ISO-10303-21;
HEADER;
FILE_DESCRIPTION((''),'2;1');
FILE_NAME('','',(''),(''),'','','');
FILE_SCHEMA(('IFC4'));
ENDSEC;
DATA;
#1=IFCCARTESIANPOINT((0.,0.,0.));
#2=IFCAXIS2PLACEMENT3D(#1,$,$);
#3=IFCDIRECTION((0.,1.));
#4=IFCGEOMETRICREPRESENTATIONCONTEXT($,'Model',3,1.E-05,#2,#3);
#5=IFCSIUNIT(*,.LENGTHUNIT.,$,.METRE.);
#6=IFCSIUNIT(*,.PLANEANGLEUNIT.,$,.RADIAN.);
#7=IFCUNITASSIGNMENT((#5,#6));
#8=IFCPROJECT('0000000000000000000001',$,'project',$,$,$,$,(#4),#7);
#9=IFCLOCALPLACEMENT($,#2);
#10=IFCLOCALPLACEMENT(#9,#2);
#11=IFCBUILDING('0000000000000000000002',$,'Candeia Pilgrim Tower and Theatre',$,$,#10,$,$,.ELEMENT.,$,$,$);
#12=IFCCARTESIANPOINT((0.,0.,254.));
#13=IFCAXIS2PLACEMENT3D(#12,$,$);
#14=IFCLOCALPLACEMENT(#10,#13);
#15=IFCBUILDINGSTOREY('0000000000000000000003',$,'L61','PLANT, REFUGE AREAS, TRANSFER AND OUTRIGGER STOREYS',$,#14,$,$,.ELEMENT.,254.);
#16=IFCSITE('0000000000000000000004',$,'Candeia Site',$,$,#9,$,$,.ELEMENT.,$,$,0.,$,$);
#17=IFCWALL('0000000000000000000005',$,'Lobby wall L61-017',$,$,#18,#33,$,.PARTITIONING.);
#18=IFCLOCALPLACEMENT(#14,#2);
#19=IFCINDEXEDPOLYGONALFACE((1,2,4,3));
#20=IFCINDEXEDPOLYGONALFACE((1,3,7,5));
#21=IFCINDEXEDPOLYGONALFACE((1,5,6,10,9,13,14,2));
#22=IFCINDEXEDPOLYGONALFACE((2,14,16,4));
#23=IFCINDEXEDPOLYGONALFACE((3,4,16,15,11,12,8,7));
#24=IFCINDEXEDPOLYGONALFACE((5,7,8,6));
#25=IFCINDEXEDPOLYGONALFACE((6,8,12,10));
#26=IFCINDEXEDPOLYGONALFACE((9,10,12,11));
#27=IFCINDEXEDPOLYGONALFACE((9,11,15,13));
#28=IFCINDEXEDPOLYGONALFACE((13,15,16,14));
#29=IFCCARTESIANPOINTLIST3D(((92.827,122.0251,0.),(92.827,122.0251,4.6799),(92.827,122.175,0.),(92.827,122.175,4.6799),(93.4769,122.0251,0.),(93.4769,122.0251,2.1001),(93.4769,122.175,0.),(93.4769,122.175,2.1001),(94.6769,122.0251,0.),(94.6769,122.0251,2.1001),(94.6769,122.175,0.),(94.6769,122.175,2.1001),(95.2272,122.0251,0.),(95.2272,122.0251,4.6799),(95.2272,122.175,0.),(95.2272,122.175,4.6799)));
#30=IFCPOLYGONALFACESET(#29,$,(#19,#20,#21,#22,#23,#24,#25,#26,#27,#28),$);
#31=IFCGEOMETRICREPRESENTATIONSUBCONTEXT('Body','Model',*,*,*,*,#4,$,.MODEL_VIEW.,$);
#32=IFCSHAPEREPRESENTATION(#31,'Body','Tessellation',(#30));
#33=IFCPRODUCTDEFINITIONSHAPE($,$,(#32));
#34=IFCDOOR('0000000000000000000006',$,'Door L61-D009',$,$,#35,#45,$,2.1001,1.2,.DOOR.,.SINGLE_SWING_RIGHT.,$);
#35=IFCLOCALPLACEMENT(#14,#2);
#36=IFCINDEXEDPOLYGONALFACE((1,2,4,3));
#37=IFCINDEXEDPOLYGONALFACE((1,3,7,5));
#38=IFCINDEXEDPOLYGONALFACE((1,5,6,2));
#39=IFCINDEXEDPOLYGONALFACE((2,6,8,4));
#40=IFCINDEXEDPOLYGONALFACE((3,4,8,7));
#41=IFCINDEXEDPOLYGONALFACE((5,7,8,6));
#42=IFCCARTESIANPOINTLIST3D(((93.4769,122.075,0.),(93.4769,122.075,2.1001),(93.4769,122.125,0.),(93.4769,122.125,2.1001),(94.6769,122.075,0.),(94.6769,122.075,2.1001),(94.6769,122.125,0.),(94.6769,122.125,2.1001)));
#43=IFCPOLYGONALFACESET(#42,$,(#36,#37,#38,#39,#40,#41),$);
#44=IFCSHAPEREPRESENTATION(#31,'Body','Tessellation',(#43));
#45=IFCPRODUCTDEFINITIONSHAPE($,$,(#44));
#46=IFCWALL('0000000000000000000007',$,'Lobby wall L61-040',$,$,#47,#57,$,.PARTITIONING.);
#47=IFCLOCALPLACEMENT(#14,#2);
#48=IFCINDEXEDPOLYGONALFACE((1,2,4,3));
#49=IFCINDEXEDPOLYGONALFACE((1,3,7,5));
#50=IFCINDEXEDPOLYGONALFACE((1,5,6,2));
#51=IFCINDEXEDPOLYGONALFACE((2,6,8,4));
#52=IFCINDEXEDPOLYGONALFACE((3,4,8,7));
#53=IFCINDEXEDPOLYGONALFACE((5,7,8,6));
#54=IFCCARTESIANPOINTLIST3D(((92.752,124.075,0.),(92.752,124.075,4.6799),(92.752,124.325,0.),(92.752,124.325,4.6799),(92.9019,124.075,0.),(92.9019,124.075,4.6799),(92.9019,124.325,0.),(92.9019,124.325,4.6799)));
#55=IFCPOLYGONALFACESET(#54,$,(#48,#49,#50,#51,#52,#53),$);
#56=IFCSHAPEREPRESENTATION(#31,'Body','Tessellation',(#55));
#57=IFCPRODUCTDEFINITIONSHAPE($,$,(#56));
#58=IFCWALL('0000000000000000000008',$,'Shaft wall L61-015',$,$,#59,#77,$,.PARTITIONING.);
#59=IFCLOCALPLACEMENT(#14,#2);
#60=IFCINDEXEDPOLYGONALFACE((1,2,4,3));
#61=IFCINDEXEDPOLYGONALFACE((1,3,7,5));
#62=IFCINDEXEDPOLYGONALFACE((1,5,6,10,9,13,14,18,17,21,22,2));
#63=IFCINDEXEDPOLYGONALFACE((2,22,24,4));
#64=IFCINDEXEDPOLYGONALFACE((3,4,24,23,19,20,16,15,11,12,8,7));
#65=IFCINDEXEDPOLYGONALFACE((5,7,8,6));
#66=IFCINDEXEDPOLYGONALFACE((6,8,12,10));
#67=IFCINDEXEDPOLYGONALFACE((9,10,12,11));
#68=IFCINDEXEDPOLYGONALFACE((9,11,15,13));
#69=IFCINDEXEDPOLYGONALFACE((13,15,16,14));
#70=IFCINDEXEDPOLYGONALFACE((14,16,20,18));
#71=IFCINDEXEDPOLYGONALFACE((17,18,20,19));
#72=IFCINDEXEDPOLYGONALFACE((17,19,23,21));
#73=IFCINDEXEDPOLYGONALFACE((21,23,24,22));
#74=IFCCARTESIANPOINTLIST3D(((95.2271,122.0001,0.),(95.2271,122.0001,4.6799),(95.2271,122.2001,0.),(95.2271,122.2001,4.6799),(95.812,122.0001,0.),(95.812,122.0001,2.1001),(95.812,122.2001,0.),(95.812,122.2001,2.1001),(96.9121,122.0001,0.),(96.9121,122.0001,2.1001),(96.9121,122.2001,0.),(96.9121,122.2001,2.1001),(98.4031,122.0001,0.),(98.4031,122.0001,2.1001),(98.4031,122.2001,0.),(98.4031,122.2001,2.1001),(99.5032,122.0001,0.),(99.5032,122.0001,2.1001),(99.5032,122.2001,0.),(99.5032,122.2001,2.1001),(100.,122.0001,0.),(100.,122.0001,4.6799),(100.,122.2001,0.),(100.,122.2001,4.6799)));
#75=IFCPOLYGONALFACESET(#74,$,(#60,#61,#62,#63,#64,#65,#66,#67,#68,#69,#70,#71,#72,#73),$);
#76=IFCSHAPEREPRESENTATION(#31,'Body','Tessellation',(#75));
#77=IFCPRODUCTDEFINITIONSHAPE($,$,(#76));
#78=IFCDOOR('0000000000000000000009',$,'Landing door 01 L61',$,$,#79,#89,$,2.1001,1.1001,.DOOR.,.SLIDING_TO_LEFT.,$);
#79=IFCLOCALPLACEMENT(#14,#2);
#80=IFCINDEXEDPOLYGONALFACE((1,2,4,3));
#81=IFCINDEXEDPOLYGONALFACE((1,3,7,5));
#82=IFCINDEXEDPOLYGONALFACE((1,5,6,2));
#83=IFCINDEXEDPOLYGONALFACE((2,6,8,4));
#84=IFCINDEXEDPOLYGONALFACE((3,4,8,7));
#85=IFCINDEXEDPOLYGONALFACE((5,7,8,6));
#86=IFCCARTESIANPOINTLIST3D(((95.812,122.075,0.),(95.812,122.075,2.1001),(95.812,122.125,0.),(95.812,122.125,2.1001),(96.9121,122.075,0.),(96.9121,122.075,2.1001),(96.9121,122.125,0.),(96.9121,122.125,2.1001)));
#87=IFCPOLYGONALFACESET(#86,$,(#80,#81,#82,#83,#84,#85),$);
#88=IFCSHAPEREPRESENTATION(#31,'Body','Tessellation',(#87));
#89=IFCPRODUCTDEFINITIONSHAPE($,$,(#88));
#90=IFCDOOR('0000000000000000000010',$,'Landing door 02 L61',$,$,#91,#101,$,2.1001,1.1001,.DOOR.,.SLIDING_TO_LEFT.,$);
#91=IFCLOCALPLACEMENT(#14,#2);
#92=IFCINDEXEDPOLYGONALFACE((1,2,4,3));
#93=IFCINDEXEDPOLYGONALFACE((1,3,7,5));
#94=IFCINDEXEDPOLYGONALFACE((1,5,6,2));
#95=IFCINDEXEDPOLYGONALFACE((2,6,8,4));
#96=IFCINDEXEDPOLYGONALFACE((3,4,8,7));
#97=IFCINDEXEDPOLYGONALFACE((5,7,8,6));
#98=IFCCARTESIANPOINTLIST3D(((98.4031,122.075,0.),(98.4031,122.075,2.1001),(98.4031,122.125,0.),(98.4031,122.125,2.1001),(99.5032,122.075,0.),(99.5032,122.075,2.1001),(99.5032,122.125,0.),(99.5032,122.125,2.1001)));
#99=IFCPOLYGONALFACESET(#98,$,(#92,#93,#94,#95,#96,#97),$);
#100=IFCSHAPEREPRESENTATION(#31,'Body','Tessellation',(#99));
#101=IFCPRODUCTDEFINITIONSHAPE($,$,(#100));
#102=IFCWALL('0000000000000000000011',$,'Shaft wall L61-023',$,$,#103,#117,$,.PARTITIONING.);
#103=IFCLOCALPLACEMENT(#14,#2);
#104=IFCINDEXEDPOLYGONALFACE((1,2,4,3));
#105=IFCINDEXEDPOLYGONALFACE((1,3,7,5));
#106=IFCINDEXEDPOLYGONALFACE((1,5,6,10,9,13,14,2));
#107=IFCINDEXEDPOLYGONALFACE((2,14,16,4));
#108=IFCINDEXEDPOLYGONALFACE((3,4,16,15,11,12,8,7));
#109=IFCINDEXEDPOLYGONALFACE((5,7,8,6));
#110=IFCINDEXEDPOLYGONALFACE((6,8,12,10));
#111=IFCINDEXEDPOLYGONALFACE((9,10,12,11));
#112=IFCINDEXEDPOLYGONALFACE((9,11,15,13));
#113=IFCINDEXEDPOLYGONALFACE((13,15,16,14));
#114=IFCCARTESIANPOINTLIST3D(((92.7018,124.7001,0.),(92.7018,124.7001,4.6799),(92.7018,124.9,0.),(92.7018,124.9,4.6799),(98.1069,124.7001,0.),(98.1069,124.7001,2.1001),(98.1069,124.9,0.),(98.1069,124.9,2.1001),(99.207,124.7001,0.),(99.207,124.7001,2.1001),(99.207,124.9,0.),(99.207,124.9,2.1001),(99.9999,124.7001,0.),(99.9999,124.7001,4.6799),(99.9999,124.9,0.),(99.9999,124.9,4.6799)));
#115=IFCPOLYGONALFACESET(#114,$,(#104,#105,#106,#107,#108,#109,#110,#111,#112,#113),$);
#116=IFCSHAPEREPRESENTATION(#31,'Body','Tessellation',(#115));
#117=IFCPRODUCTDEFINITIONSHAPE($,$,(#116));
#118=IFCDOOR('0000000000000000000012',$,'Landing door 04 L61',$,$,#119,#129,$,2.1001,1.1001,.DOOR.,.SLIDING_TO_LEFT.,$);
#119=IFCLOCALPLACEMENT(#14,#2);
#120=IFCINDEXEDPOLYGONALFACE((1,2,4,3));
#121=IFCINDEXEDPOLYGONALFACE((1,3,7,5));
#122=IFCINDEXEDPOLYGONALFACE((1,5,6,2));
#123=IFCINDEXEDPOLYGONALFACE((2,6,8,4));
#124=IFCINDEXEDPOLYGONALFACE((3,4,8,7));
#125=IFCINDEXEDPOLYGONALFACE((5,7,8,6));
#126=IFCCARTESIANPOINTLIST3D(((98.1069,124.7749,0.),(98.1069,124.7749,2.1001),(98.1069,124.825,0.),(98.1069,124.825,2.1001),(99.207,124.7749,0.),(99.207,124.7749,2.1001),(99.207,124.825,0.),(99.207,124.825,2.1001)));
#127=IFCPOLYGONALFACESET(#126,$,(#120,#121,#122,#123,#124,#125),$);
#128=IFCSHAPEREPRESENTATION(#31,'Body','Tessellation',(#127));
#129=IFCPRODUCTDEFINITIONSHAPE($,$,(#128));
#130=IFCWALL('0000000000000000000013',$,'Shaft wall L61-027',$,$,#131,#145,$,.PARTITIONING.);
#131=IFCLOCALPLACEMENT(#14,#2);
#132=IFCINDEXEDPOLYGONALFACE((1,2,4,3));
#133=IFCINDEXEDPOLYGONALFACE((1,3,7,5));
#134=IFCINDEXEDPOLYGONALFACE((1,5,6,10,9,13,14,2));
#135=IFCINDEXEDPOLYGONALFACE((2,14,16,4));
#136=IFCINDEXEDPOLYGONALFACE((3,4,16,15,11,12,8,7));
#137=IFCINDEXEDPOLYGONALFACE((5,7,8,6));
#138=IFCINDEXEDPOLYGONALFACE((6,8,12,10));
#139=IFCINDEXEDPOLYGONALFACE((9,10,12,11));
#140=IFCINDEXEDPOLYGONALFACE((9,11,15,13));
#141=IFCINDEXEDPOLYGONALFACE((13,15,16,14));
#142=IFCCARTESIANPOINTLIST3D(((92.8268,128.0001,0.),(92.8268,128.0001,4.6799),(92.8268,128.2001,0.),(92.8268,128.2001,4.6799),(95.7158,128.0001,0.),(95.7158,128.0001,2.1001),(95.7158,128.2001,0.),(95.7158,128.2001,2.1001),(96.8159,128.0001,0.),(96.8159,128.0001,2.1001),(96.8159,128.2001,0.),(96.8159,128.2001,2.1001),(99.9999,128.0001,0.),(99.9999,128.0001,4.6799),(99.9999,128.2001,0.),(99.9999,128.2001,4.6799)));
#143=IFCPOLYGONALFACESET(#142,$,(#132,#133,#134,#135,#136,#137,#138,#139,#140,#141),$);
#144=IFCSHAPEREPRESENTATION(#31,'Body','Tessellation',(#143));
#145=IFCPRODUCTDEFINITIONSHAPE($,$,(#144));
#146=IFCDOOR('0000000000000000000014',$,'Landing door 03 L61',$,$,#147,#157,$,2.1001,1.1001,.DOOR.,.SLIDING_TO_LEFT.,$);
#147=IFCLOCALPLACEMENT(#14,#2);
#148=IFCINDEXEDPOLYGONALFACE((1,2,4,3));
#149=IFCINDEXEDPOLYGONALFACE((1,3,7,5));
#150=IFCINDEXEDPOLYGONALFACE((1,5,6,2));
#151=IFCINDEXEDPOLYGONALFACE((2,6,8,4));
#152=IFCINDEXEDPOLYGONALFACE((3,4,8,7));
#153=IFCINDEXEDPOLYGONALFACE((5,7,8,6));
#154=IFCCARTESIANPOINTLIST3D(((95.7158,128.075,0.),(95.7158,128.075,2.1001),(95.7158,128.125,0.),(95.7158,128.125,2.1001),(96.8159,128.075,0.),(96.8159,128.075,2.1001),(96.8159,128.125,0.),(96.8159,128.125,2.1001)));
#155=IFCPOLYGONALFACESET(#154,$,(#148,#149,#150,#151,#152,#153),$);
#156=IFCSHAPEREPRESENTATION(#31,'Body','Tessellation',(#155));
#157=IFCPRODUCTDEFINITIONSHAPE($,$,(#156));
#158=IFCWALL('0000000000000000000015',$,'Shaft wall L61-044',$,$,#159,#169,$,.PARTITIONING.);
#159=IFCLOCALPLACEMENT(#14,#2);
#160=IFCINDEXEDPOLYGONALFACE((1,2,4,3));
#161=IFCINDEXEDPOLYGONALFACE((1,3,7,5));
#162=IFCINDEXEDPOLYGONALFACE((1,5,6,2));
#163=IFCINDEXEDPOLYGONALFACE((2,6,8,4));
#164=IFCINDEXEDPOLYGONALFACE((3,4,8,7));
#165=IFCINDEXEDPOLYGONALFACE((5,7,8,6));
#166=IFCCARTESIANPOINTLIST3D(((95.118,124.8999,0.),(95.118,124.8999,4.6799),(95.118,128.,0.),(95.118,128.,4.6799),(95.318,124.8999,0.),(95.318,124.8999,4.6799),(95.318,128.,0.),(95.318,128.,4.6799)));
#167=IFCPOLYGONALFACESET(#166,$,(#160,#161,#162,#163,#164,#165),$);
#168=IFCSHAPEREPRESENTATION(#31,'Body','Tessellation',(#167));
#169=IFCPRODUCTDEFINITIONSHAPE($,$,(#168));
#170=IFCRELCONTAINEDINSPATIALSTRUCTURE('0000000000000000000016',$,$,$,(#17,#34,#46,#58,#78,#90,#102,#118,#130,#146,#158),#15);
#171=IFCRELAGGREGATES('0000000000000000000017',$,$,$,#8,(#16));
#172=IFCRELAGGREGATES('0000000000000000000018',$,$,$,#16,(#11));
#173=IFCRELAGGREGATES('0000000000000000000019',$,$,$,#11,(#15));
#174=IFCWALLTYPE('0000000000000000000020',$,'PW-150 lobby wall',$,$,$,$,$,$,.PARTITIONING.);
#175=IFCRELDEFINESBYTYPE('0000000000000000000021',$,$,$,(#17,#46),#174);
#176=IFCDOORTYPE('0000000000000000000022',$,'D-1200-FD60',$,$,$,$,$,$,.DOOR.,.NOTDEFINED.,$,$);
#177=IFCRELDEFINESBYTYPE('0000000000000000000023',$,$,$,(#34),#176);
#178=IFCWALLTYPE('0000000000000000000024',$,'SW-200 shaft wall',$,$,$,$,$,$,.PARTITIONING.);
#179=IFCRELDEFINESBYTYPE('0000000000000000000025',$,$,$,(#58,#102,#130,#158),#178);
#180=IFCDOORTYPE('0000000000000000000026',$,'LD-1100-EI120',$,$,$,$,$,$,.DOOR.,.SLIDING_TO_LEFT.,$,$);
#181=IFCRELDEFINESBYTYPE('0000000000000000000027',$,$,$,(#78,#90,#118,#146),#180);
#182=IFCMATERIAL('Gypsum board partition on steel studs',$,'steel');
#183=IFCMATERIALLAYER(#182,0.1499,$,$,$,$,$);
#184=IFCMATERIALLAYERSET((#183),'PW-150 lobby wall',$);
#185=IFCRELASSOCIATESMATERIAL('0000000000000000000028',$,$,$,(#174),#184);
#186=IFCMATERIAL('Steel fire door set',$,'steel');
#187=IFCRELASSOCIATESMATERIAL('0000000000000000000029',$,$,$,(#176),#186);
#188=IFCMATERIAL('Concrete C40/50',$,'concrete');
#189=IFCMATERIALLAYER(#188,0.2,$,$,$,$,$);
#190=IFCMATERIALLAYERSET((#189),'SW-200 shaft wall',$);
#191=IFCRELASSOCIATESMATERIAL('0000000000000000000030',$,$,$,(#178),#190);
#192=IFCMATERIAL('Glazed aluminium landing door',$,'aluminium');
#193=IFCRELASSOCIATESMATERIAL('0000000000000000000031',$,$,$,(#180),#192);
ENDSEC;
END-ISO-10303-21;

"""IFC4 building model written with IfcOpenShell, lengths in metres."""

from ifc_helpers import new_model, si_unit, direction, frame, frame_2d, origin, place, context, subcontext, project, spatial, rectangle, extrude, material, layer, layer_set, type_object, element, fill, save


model = new_model("IFC4")

# Units and contexts
model_context = context("Model", 3, precision=1e-05, world=origin(), true_north=direction((0.0, 1.0)))
body_context = subcontext(model_context, "Body", "Model", "MODEL_VIEW")
ifc_project = project(units=[si_unit("LENGTHUNIT", "METRE"), si_unit("PLANEANGLEUNIT", "RADIAN")], contexts=[model_context])

# Site, building, storey
site_placement = place(None, origin())
site = spatial("IfcSite", under=ifc_project, at=site_placement, Name="Candeia Site", CompositionType="ELEMENT", RefElevation=0.0)
building_placement = place(site_placement, origin())
building = spatial("IfcBuilding", under=site, at=building_placement, Name="Candeia Pilgrim Tower and Theatre", CompositionType="ELEMENT")
storey_placement = place(building_placement, frame((0.0, 0.0, 254.0)))
storey = spatial("IfcBuildingStorey", under=building, at=storey_placement, Name="L61", Description="PLANT, REFUGE AREAS, TRANSFER AND OUTRIGGER STOREYS", CompositionType="ELEMENT", Elevation=254.0)

# Wall, opening, door
ifc_material_1 = material(Name="Gypsum board partition on steel studs", Category="steel")
ifc_layer_1 = layer(ifc_material_1, 0.1499)
ifc_layer_set_1 = layer_set([ifc_layer_1], Name="PW-150 lobby wall")
wall_type_1 = type_object("IfcWallType", Name="PW-150 lobby wall", PredefinedType="PARTITIONING", material=ifc_layer_set_1)
wall_1_placement = place(storey_placement, frame((92.8269, 122.1001, 0.0), z_axis=(0.0, 0.0, 1.0), x_axis=(1.0, 0.0, 0.0)))
wall_1 = element("IfcWall", 1, at=wall_1_placement, inside=storey, type_object=wall_type_1, Name="Lobby wall L61-017", PredefinedType="PARTITIONING", context=body_context, shape_type="SweptSolid", body=[
    extrude(rectangle(XDim=2.4001, YDim=0.1499, at=frame_2d((1.2002, 0.0))), origin(), (0.0, 0.0, 1.0), 4.6799),
])
opening_1_placement = place(wall_1_placement, frame((0.6499, 0.0, 0.0)))
opening_1 = element("IfcOpeningElement", 2, at=opening_1_placement, cuts=wall_1, PredefinedType="OPENING", context=body_context, shape_type="SweptSolid", body=[
    extrude(rectangle(XDim=1.2, YDim=2.1001, at=frame_2d((0.6001, 1.05))), frame((0.0, 0.085, 0.0), z_axis=(0.0, -1.0, 0.0), x_axis=(1.0, 0.0, 0.0)), (0.0, 0.0, 1.0), 0.1699),
])
ifc_material_2 = material(Name="Steel fire door set", Category="steel")
door_type_1 = type_object("IfcDoorType", Name="D-1200-FD60", OperationType="NOTDEFINED", PredefinedType="DOOR", material=ifc_material_2)
door_1_placement = place(opening_1_placement, origin())
door_1 = element("IfcDoor", 3, at=door_1_placement, inside=storey, type_object=door_type_1, Name="Door L61-D009", OperationType="SINGLE_SWING_RIGHT", OverallHeight=2.1001, OverallWidth=1.2, PredefinedType="DOOR", context=body_context, shape_type="SweptSolid", body=[
    extrude(rectangle(XDim=1.2, YDim=2.1001, at=frame_2d((0.6001, 1.05))), frame((0.0, 0.0249, 0.0), z_axis=(0.0, -1.0, 0.0), x_axis=(1.0, 0.0, 0.0)), (0.0, 0.0, 1.0), 0.05),
])
fill(opening_1, door_1)

# Wall
wall_2_placement = place(storey_placement, frame((92.8269, 124.075, 0.0), z_axis=(0.0, 0.0, 1.0), x_axis=(0.0, 1.0, 0.0)))
element("IfcWall", 4, at=wall_2_placement, inside=storey, type_object=wall_type_1, Name="Lobby wall L61-040", PredefinedType="PARTITIONING", context=body_context, shape_type="SweptSolid", body=[
    extrude(rectangle(XDim=0.25, YDim=0.1499, at=frame_2d((0.125, 0.0))), origin(), (0.0, 0.0, 1.0), 4.6799),
])

# Wall, openings, doors
ifc_material_3 = material(Name="Concrete C40/50", Category="concrete")
ifc_layer_2 = layer(ifc_material_3, 0.2)
ifc_layer_set_2 = layer_set([ifc_layer_2], Name="SW-200 shaft wall")
wall_type_2 = type_object("IfcWallType", Name="SW-200 shaft wall", PredefinedType="PARTITIONING", material=ifc_layer_set_2)
wall_3_placement = place(storey_placement, frame((95.2271, 122.1001, 0.0), z_axis=(0.0, 0.0, 1.0), x_axis=(1.0, 0.0, 0.0)))
wall_3 = element("IfcWall", 5, at=wall_3_placement, inside=storey, type_object=wall_type_2, Name="Shaft wall L61-015", PredefinedType="PARTITIONING", context=body_context, shape_type="SweptSolid", body=[
    extrude(rectangle(XDim=4.7729, YDim=0.2, at=frame_2d((2.3865, 0.0))), origin(), (0.0, 0.0, 1.0), 4.6799),
])
opening_2_placement = place(wall_3_placement, frame((0.585, 0.0, 0.0)))
opening_2 = element("IfcOpeningElement", 6, at=opening_2_placement, cuts=wall_3, PredefinedType="OPENING", context=body_context, shape_type="SweptSolid", body=[
    extrude(rectangle(XDim=1.1001, YDim=2.1001, at=frame_2d((0.55, 1.05))), frame((0.0, 0.1099, 0.0), z_axis=(0.0, -1.0, 0.0), x_axis=(1.0, 0.0, 0.0)), (0.0, 0.0, 1.0), 0.22),
])
opening_3_placement = place(wall_3_placement, frame((3.176, 0.0, 0.0)))
opening_3 = element("IfcOpeningElement", 7, at=opening_3_placement, cuts=wall_3, PredefinedType="OPENING", context=body_context, shape_type="SweptSolid", body=[
    extrude(rectangle(XDim=1.1001, YDim=2.1001, at=frame_2d((0.55, 1.05))), frame((0.0, 0.1099, 0.0), z_axis=(0.0, -1.0, 0.0), x_axis=(1.0, 0.0, 0.0)), (0.0, 0.0, 1.0), 0.22),
])
ifc_material_4 = material(Name="Glazed aluminium landing door", Category="aluminium")
door_type_2 = type_object("IfcDoorType", Name="LD-1100-EI120", OperationType="SLIDING_TO_LEFT", PredefinedType="DOOR", material=ifc_material_4)
door_2_placement = place(opening_2_placement, origin())
door_2 = element("IfcDoor", 8, at=door_2_placement, inside=storey, type_object=door_type_2, Name="Landing door 01 L61", OperationType="SLIDING_TO_LEFT", OverallHeight=2.1001, OverallWidth=1.1001, PredefinedType="DOOR", context=body_context, shape_type="SweptSolid", body=[
    extrude(rectangle(XDim=1.1001, YDim=2.1001, at=frame_2d((0.55, 1.05))), frame((0.0, 0.0249, 0.0), z_axis=(0.0, -1.0, 0.0), x_axis=(1.0, 0.0, 0.0)), (0.0, 0.0, 1.0), 0.05),
])
fill(opening_2, door_2)
door_3_placement = place(opening_3_placement, origin())
door_3 = element("IfcDoor", 9, at=door_3_placement, inside=storey, type_object=door_type_2, Name="Landing door 02 L61", OperationType="SLIDING_TO_LEFT", OverallHeight=2.1001, OverallWidth=1.1001, PredefinedType="DOOR", context=body_context, shape_type="SweptSolid", body=[
    extrude(rectangle(XDim=1.1001, YDim=2.1001, at=frame_2d((0.55, 1.05))), frame((0.0, 0.0249, 0.0), z_axis=(0.0, -1.0, 0.0), x_axis=(1.0, 0.0, 0.0)), (0.0, 0.0, 1.0), 0.05),
])
fill(opening_3, door_3)

# Walls, openings, doors
wall_4_placement = place(storey_placement, frame((92.7019, 124.8, 0.0), z_axis=(0.0, 0.0, 1.0), x_axis=(1.0, 0.0, 0.0)))
wall_4 = element("IfcWall", 10, at=wall_4_placement, inside=storey, type_object=wall_type_2, Name="Shaft wall L61-023", PredefinedType="PARTITIONING", context=body_context, shape_type="SweptSolid", body=[
    extrude(rectangle(XDim=7.2981, YDim=0.2, at=frame_2d((3.6489, 0.0))), origin(), (0.0, 0.0, 1.0), 4.6799),
])
opening_4_placement = place(wall_4_placement, frame((5.405, 0.0, 0.0)))
opening_4 = element("IfcOpeningElement", 11, at=opening_4_placement, cuts=wall_4, PredefinedType="OPENING", context=body_context, shape_type="SweptSolid", body=[
    extrude(rectangle(XDim=1.1001, YDim=2.1001, at=frame_2d((0.55, 1.05))), frame((0.0, 0.1099, 0.0), z_axis=(0.0, -1.0, 0.0), x_axis=(1.0, 0.0, 0.0)), (0.0, 0.0, 1.0), 0.22),
])
door_4_placement = place(opening_4_placement, origin())
door_4 = element("IfcDoor", 12, at=door_4_placement, inside=storey, type_object=door_type_2, Name="Landing door 04 L61", OperationType="SLIDING_TO_LEFT", OverallHeight=2.1001, OverallWidth=1.1001, PredefinedType="DOOR", context=body_context, shape_type="SweptSolid", body=[
    extrude(rectangle(XDim=1.1001, YDim=2.1001, at=frame_2d((0.55, 1.05))), frame((0.0, 0.0249, 0.0), z_axis=(0.0, -1.0, 0.0), x_axis=(1.0, 0.0, 0.0)), (0.0, 0.0, 1.0), 0.05),
])
fill(opening_4, door_4)
wall_5_placement = place(storey_placement, frame((92.8269, 128.1001, 0.0), z_axis=(0.0, 0.0, 1.0), x_axis=(1.0, 0.0, 0.0)))
wall_5 = element("IfcWall", 13, at=wall_5_placement, inside=storey, type_object=wall_type_2, Name="Shaft wall L61-027", PredefinedType="PARTITIONING", context=body_context, shape_type="SweptSolid", body=[
    extrude(rectangle(XDim=7.1731, YDim=0.2, at=frame_2d((3.5864, 0.0))), origin(), (0.0, 0.0, 1.0), 4.6799),
])
opening_5_placement = place(wall_5_placement, frame((2.8889, 0.0, 0.0)))
opening_5 = element("IfcOpeningElement", 14, at=opening_5_placement, cuts=wall_5, PredefinedType="OPENING", context=body_context, shape_type="SweptSolid", body=[
    extrude(rectangle(XDim=1.1001, YDim=2.1001, at=frame_2d((0.55, 1.05))), frame((0.0, 0.1099, 0.0), z_axis=(0.0, -1.0, 0.0), x_axis=(1.0, 0.0, 0.0)), (0.0, 0.0, 1.0), 0.22),
])
door_5_placement = place(opening_5_placement, origin())
door_5 = element("IfcDoor", 15, at=door_5_placement, inside=storey, type_object=door_type_2, Name="Landing door 03 L61", OperationType="SLIDING_TO_LEFT", OverallHeight=2.1001, OverallWidth=1.1001, PredefinedType="DOOR", context=body_context, shape_type="SweptSolid", body=[
    extrude(rectangle(XDim=1.1001, YDim=2.1001, at=frame_2d((0.55, 1.05))), frame((0.0, 0.0249, 0.0), z_axis=(0.0, -1.0, 0.0), x_axis=(1.0, 0.0, 0.0)), (0.0, 0.0, 1.0), 0.05),
])
fill(opening_5, door_5)

# Wall
wall_6_placement = place(storey_placement, frame((95.218, 124.8999, 0.0), z_axis=(0.0, 0.0, 1.0), x_axis=(0.0, 1.0, 0.0)))
element("IfcWall", 16, at=wall_6_placement, inside=storey, type_object=wall_type_2, Name="Shaft wall L61-044", PredefinedType="PARTITIONING", context=body_context, shape_type="SweptSolid", body=[
    extrude(rectangle(XDim=3.1001, YDim=0.2, at=frame_2d((1.55, 0.0))), origin(), (0.0, 0.0, 1.0), 4.6799),
])

save(model, "model.ifc")
